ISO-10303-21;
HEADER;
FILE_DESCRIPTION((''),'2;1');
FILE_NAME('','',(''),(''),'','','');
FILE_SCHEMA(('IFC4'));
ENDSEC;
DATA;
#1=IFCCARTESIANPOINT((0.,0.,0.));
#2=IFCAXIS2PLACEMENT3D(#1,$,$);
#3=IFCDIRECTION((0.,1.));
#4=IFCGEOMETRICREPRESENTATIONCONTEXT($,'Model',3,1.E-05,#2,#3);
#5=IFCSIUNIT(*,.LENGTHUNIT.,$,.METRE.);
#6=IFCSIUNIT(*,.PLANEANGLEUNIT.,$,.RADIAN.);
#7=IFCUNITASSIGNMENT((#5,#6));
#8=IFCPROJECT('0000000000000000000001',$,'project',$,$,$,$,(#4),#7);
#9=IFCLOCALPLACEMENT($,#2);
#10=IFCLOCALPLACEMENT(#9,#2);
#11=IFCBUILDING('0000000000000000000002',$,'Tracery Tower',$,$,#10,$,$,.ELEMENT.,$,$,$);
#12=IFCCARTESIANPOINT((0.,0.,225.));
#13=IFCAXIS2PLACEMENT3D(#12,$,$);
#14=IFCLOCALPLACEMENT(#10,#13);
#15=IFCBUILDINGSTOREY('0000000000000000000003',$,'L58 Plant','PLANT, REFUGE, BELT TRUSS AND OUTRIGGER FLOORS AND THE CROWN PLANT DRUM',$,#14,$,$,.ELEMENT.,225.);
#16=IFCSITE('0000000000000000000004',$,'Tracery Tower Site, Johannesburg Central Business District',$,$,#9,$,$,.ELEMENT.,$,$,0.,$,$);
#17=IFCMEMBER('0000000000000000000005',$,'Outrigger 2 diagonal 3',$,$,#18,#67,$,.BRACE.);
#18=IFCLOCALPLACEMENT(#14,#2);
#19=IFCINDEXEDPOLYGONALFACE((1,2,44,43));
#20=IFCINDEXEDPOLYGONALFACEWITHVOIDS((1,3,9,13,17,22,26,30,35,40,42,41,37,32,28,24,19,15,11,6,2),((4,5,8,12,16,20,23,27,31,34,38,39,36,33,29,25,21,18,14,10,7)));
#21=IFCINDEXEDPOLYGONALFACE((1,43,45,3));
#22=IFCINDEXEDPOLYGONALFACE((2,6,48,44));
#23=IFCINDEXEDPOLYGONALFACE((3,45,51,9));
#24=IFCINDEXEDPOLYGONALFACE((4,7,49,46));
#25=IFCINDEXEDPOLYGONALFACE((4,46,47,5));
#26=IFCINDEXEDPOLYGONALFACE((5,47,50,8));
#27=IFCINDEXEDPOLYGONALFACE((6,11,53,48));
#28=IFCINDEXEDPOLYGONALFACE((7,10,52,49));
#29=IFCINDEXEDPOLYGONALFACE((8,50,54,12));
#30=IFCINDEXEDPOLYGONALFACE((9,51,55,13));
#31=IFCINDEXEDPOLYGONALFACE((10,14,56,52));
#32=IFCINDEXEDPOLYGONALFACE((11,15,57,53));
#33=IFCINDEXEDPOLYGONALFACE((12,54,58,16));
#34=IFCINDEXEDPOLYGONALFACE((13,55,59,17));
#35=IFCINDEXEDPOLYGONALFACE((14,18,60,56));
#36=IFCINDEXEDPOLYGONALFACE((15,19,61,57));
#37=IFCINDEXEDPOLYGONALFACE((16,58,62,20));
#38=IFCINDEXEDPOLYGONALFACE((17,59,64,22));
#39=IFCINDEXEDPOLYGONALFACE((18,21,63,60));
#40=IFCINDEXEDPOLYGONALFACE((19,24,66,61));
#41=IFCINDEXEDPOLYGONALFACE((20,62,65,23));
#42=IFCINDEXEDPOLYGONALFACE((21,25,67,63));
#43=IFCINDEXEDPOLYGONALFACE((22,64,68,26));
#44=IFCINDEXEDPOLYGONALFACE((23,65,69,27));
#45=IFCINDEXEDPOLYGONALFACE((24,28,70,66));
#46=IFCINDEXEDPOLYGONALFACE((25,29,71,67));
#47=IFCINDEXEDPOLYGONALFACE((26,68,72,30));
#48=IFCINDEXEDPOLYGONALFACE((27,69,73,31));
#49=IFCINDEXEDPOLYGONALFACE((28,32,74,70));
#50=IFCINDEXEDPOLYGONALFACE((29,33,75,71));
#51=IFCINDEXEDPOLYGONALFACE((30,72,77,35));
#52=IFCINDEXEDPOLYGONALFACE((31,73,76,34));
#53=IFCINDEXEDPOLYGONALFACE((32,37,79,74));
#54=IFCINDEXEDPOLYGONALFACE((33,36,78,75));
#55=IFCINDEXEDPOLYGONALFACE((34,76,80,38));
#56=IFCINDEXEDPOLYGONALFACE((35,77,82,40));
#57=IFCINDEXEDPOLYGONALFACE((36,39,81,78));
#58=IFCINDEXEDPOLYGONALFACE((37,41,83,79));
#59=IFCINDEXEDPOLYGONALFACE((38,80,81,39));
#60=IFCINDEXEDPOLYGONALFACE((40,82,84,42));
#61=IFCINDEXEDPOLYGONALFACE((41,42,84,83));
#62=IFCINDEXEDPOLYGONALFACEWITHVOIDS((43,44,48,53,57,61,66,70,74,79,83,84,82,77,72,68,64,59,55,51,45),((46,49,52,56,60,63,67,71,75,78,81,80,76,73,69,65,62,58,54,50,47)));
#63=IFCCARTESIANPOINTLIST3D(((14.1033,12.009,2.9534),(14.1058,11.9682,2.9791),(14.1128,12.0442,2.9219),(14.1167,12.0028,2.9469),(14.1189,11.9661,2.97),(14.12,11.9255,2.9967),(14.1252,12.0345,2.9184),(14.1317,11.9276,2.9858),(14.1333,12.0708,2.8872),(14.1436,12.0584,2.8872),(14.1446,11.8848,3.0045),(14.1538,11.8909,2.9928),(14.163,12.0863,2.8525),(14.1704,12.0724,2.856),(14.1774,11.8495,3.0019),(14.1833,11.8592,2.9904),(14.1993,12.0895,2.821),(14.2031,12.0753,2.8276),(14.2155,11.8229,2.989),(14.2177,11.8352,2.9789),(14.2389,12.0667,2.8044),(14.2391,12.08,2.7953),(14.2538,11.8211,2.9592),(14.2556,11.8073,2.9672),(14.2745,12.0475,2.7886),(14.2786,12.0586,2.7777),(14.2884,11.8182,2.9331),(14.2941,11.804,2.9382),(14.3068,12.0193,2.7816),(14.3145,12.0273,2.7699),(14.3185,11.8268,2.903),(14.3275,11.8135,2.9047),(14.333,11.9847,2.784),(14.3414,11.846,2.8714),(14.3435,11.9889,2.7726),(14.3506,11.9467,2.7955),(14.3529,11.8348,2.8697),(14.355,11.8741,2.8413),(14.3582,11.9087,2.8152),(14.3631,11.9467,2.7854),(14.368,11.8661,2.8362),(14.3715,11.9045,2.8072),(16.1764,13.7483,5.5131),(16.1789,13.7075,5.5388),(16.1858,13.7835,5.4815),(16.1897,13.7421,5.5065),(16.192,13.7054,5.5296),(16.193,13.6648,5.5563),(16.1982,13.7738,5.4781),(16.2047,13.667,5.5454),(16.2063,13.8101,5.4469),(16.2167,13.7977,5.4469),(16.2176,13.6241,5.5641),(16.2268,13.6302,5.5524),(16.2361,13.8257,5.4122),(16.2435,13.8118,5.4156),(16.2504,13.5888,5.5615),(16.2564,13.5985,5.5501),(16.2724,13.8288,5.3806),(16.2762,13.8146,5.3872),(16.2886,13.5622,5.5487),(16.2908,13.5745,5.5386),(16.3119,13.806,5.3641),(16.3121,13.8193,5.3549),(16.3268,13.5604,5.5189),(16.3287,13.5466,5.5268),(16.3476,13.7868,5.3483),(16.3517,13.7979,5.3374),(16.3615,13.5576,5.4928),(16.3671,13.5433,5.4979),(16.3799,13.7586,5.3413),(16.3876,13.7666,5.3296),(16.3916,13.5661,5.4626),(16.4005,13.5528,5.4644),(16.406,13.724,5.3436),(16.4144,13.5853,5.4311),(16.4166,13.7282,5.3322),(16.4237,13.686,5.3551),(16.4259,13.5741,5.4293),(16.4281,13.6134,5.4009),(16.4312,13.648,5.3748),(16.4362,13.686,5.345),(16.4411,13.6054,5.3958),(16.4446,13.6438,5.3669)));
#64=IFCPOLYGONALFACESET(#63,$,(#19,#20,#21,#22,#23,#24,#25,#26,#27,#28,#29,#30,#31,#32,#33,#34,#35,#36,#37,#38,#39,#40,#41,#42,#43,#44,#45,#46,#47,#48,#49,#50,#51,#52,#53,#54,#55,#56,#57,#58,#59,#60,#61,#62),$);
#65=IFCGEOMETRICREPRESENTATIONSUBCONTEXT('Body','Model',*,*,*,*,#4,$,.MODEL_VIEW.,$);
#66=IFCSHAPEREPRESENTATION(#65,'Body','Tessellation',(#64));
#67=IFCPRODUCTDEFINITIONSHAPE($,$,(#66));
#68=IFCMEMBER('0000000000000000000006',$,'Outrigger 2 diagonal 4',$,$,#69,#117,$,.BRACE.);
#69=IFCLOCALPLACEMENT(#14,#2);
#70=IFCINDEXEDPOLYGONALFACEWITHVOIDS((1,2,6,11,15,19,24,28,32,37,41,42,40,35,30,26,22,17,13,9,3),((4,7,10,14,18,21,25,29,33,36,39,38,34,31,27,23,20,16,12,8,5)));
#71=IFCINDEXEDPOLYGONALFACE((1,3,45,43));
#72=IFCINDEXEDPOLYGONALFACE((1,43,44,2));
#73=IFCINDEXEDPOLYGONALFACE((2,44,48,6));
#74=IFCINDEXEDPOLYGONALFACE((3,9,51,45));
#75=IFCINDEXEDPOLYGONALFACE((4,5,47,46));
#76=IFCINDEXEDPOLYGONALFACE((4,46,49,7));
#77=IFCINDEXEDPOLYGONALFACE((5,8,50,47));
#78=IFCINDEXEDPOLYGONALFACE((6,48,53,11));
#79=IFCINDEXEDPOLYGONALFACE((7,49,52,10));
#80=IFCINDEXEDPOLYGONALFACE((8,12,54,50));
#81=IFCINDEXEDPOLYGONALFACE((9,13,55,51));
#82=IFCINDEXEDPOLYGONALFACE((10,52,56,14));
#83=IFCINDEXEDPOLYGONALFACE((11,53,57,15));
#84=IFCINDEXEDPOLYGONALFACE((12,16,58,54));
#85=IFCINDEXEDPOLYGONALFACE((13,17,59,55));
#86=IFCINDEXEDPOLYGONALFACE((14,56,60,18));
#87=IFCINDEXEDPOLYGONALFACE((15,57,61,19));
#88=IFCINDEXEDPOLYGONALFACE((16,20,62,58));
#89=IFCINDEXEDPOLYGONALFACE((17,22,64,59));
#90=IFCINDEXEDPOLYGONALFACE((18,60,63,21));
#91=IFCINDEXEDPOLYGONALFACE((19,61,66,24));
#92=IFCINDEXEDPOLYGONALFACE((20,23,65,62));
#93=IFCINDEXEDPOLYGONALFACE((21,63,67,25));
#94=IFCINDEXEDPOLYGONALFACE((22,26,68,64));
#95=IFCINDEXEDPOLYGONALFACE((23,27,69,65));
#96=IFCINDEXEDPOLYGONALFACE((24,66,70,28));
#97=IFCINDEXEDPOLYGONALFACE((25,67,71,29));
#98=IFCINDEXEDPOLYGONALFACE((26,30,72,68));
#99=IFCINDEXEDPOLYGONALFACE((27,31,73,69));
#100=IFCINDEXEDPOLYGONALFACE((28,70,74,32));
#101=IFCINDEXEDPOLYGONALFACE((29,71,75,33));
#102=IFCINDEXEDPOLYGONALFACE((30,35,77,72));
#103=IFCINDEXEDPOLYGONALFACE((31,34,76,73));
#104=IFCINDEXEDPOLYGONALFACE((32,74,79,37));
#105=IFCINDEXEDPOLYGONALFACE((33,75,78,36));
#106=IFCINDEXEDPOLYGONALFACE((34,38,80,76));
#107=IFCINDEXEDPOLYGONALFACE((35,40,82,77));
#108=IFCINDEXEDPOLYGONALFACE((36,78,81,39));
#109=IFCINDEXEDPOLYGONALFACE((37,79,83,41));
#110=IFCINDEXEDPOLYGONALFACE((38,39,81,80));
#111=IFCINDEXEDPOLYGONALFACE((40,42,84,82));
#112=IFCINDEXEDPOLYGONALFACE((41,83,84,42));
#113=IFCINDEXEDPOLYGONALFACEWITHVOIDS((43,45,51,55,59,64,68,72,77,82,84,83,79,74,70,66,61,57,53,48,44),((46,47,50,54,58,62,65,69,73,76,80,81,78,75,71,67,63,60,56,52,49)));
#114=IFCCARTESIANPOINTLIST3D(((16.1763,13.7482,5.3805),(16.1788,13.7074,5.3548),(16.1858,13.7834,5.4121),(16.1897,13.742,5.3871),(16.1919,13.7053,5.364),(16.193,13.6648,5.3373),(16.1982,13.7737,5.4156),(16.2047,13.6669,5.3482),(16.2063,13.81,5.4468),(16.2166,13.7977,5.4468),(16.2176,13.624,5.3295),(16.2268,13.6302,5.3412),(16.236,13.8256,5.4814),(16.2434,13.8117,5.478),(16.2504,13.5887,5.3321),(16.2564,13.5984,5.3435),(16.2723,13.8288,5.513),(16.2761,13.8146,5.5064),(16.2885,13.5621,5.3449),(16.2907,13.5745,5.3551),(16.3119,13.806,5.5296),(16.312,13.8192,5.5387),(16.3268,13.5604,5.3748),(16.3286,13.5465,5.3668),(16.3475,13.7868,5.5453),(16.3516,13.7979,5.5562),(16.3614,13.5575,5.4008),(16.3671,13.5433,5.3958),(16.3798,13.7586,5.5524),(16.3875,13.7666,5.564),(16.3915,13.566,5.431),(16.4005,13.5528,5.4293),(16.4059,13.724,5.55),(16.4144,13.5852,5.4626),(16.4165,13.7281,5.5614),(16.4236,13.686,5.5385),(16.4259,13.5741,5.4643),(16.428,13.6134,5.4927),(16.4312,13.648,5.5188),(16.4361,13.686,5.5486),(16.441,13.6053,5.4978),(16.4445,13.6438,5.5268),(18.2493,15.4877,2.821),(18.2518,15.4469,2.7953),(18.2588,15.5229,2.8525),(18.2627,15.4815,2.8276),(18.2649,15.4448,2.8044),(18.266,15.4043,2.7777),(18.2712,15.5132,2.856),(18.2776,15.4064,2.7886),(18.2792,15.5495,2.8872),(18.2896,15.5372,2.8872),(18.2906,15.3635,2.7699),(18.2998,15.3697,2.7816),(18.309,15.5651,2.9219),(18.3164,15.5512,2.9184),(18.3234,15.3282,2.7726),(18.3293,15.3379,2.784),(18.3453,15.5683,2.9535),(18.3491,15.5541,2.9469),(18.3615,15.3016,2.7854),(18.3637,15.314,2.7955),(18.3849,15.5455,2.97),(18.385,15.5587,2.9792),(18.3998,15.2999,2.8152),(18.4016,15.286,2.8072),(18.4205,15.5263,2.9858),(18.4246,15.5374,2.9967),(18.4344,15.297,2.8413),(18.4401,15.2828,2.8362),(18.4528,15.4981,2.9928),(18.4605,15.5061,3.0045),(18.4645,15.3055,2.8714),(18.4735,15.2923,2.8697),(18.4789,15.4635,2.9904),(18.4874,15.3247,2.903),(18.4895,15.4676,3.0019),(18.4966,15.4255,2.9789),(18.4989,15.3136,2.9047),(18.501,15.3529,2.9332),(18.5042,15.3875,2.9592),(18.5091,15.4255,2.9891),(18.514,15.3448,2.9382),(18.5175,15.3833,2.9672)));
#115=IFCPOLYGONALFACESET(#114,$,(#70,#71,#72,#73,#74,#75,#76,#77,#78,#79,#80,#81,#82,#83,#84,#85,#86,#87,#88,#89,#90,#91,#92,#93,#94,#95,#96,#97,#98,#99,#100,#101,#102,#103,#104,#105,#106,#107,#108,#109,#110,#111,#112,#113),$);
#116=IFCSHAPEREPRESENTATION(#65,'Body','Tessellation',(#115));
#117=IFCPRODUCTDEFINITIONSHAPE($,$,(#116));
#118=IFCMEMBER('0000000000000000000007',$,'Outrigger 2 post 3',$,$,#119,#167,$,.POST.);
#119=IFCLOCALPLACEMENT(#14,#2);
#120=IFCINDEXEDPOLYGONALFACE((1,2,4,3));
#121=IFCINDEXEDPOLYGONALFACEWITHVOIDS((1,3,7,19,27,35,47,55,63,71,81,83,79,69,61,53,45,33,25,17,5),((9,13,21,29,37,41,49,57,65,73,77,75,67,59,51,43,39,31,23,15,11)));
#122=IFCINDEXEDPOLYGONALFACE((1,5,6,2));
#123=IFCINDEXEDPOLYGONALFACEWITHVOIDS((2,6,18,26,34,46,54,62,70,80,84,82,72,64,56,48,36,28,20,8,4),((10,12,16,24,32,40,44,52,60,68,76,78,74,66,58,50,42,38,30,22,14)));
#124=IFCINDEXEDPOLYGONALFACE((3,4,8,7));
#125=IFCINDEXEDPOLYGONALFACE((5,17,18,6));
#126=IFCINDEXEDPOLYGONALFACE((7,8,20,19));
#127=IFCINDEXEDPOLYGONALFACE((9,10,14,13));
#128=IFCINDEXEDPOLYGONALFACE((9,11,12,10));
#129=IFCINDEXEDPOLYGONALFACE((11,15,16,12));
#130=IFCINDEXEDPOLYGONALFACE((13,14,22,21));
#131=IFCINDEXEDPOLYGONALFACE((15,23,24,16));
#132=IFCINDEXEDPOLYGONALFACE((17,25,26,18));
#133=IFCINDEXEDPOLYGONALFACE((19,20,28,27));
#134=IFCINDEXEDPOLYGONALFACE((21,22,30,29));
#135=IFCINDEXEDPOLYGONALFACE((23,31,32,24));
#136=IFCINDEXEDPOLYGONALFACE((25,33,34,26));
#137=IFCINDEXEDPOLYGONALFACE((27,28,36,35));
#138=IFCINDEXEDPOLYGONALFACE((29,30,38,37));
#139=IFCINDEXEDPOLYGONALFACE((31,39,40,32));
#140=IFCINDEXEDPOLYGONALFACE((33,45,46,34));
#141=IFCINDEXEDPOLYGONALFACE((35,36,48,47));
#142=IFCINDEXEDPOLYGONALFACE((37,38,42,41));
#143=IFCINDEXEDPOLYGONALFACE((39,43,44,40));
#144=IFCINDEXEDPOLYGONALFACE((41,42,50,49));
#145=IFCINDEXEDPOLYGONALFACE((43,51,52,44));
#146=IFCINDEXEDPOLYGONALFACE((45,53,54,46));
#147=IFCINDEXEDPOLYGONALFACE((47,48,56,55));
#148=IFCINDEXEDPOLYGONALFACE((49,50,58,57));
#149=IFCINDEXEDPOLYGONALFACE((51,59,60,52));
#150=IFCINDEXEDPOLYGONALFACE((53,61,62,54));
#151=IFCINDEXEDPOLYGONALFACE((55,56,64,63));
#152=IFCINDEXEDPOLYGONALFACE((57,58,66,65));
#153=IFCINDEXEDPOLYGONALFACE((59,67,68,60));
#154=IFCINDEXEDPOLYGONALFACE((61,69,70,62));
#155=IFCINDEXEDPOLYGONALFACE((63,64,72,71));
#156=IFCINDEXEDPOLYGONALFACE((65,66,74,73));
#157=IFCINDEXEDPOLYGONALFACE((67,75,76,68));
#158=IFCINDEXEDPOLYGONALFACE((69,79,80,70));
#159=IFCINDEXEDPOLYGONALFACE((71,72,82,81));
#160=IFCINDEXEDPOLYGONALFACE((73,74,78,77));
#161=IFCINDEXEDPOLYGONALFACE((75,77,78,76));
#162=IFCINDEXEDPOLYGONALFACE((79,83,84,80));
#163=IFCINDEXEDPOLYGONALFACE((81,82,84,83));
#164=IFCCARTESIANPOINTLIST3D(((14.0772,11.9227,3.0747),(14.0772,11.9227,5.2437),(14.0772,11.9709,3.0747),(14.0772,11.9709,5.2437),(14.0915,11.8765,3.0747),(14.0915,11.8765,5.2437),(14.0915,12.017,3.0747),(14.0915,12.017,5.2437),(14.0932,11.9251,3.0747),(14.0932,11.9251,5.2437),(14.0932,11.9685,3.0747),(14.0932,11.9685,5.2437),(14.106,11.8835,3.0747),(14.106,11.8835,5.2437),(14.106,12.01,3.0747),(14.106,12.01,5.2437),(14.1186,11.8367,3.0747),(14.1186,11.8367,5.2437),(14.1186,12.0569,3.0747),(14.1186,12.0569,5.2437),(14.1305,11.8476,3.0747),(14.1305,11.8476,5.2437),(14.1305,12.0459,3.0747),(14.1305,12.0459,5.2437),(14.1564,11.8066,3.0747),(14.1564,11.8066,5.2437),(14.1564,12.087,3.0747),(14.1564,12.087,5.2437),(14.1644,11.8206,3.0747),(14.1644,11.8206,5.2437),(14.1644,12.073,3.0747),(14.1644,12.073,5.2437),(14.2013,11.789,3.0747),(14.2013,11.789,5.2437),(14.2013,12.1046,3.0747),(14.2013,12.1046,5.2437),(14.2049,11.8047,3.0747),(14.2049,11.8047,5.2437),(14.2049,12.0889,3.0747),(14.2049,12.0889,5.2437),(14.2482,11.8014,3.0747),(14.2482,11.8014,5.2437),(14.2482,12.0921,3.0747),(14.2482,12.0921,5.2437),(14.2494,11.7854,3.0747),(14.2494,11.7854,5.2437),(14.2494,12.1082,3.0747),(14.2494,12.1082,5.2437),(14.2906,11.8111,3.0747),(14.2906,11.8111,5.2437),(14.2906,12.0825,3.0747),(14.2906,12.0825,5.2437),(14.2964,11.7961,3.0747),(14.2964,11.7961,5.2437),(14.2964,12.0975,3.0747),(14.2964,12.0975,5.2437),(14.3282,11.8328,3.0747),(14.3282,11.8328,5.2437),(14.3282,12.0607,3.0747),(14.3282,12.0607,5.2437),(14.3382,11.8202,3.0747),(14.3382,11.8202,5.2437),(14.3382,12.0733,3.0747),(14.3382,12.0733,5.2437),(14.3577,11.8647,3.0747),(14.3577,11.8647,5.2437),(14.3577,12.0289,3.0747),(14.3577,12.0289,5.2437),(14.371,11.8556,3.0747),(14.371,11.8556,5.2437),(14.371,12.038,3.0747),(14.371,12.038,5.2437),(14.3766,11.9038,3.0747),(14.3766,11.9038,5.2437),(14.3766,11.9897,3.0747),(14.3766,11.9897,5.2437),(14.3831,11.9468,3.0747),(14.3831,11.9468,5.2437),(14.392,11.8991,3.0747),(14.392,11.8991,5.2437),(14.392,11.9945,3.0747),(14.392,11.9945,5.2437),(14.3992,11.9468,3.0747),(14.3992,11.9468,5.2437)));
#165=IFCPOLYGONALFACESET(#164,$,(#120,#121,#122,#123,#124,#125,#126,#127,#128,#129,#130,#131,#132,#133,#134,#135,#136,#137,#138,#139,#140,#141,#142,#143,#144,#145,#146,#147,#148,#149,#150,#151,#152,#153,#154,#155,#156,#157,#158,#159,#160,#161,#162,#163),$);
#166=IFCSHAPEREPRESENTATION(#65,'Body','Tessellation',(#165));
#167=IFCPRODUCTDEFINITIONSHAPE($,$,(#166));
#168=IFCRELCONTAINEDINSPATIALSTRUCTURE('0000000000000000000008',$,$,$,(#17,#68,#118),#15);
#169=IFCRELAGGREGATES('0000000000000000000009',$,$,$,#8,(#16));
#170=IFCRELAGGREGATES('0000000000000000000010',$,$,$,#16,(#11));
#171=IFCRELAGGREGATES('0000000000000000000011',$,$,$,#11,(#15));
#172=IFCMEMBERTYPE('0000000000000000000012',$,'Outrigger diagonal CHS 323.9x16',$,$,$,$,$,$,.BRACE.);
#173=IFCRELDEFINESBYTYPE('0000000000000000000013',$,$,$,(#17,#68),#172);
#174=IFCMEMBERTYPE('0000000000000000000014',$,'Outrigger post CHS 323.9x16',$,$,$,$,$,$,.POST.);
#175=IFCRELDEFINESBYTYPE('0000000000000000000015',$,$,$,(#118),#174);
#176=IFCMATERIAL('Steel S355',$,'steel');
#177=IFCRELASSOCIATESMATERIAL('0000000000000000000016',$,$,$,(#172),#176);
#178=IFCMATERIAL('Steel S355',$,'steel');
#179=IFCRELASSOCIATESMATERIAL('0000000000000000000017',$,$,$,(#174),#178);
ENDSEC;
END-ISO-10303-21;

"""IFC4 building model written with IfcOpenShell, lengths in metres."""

from ifc_helpers import new_model, si_unit, direction, frame, origin, origin_2d, place, context, subcontext, project, spatial, hollow_circle, extrude, material, material_profile, profile_set, type_object, element, save


model = new_model("IFC4")

# Units and contexts
model_context = context("Model", 3, precision=1e-05, world=origin(), true_north=direction((0.0, 1.0)))
body_context = subcontext(model_context, "Body", "Model", "MODEL_VIEW")
ifc_project = project(units=[si_unit("LENGTHUNIT", "METRE"), si_unit("PLANEANGLEUNIT", "RADIAN")], contexts=[model_context])

# Site, building, storey
site_placement = place(None, origin())
site = spatial("IfcSite", under=ifc_project, at=site_placement, Name="Tracery Tower Site, Johannesburg Central Business District", CompositionType="ELEMENT", RefElevation=0.0)
building_placement = place(site_placement, origin())
building = spatial("IfcBuilding", under=site, at=building_placement, Name="Tracery Tower", CompositionType="ELEMENT")
storey_placement = place(building_placement, frame((0.0, 0.0, 225.0)))
storey = spatial("IfcBuildingStorey", under=building, at=storey_placement, Name="L58 Plant", Description="PLANT, REFUGE, BELT TRUSS AND OUTRIGGER FLOORS AND THE CROWN PLANT DRUM", CompositionType="ELEMENT", Elevation=225.0)

# Members
ifc_material_1 = material(Name="Steel S355", Category="steel")
ifc_material_profile_1 = material_profile(ifc_material_1, hollow_circle(Radius=0.1619, WallThickness=0.0161, at=origin_2d()), Name="CHS 323.9x16")
ifc_profile_set_1 = profile_set([ifc_material_profile_1], Name="Steel S355")
member_type_1 = type_object("IfcMemberType", Name="Outrigger diagonal CHS 323.9x16", PredefinedType="BRACE", material=ifc_profile_set_1)
for number, where, z_axis, x_axis, name in (
    (1, (14.2373, 11.9468, 2.8872), (0.556547, 0.466947, 0.68718), (-0.642746, 0.76608, 0.0), "Outrigger 2 diagonal 3"),
    (2, (16.3103, 13.686, 5.4468), (0.55653, 0.466998, -0.687159), (-0.642798, 0.766035, 0.0), "Outrigger 2 diagonal 4"),
):
    element("IfcMember", number, at=place(storey_placement, frame(where, z_axis=z_axis, x_axis=x_axis)), inside=storey, type_object=member_type_1, Name=name, PredefinedType="BRACE", context=body_context, shape_type="SweptSolid", body=[
        extrude(hollow_circle(Radius=0.1619, WallThickness=0.0161, at=origin_2d()), origin(), (0.0, 0.0, 1.0), 3.7249),
    ])
ifc_material_2 = material(Name="Steel S355", Category="steel")
ifc_material_profile_2 = material_profile(ifc_material_2, hollow_circle(Radius=0.1619, WallThickness=0.0161, at=origin_2d()), Name="CHS 323.9x16")
ifc_profile_set_2 = profile_set([ifc_material_profile_2], Name="Steel S355")
member_type_2 = type_object("IfcMemberType", Name="Outrigger post CHS 323.9x16", PredefinedType="POST", material=ifc_profile_set_2)
for number, where, z_axis, x_axis, name in (
    (3, (14.2373, 11.9468, 3.0747), (0.0, 0.0, 1.0), (1.0, 0.0, 0.0), "Outrigger 2 post 3"),
):
    element("IfcMember", number, at=place(storey_placement, frame(where, z_axis=z_axis, x_axis=x_axis)), inside=storey, type_object=member_type_2, Name=name, PredefinedType="POST", context=body_context, shape_type="SweptSolid", body=[
        extrude(hollow_circle(Radius=0.1619, WallThickness=0.0161, at=origin_2d()), origin(), (0.0, 0.0, 1.0), 2.1689),
    ])

save(model, "model.ifc")
